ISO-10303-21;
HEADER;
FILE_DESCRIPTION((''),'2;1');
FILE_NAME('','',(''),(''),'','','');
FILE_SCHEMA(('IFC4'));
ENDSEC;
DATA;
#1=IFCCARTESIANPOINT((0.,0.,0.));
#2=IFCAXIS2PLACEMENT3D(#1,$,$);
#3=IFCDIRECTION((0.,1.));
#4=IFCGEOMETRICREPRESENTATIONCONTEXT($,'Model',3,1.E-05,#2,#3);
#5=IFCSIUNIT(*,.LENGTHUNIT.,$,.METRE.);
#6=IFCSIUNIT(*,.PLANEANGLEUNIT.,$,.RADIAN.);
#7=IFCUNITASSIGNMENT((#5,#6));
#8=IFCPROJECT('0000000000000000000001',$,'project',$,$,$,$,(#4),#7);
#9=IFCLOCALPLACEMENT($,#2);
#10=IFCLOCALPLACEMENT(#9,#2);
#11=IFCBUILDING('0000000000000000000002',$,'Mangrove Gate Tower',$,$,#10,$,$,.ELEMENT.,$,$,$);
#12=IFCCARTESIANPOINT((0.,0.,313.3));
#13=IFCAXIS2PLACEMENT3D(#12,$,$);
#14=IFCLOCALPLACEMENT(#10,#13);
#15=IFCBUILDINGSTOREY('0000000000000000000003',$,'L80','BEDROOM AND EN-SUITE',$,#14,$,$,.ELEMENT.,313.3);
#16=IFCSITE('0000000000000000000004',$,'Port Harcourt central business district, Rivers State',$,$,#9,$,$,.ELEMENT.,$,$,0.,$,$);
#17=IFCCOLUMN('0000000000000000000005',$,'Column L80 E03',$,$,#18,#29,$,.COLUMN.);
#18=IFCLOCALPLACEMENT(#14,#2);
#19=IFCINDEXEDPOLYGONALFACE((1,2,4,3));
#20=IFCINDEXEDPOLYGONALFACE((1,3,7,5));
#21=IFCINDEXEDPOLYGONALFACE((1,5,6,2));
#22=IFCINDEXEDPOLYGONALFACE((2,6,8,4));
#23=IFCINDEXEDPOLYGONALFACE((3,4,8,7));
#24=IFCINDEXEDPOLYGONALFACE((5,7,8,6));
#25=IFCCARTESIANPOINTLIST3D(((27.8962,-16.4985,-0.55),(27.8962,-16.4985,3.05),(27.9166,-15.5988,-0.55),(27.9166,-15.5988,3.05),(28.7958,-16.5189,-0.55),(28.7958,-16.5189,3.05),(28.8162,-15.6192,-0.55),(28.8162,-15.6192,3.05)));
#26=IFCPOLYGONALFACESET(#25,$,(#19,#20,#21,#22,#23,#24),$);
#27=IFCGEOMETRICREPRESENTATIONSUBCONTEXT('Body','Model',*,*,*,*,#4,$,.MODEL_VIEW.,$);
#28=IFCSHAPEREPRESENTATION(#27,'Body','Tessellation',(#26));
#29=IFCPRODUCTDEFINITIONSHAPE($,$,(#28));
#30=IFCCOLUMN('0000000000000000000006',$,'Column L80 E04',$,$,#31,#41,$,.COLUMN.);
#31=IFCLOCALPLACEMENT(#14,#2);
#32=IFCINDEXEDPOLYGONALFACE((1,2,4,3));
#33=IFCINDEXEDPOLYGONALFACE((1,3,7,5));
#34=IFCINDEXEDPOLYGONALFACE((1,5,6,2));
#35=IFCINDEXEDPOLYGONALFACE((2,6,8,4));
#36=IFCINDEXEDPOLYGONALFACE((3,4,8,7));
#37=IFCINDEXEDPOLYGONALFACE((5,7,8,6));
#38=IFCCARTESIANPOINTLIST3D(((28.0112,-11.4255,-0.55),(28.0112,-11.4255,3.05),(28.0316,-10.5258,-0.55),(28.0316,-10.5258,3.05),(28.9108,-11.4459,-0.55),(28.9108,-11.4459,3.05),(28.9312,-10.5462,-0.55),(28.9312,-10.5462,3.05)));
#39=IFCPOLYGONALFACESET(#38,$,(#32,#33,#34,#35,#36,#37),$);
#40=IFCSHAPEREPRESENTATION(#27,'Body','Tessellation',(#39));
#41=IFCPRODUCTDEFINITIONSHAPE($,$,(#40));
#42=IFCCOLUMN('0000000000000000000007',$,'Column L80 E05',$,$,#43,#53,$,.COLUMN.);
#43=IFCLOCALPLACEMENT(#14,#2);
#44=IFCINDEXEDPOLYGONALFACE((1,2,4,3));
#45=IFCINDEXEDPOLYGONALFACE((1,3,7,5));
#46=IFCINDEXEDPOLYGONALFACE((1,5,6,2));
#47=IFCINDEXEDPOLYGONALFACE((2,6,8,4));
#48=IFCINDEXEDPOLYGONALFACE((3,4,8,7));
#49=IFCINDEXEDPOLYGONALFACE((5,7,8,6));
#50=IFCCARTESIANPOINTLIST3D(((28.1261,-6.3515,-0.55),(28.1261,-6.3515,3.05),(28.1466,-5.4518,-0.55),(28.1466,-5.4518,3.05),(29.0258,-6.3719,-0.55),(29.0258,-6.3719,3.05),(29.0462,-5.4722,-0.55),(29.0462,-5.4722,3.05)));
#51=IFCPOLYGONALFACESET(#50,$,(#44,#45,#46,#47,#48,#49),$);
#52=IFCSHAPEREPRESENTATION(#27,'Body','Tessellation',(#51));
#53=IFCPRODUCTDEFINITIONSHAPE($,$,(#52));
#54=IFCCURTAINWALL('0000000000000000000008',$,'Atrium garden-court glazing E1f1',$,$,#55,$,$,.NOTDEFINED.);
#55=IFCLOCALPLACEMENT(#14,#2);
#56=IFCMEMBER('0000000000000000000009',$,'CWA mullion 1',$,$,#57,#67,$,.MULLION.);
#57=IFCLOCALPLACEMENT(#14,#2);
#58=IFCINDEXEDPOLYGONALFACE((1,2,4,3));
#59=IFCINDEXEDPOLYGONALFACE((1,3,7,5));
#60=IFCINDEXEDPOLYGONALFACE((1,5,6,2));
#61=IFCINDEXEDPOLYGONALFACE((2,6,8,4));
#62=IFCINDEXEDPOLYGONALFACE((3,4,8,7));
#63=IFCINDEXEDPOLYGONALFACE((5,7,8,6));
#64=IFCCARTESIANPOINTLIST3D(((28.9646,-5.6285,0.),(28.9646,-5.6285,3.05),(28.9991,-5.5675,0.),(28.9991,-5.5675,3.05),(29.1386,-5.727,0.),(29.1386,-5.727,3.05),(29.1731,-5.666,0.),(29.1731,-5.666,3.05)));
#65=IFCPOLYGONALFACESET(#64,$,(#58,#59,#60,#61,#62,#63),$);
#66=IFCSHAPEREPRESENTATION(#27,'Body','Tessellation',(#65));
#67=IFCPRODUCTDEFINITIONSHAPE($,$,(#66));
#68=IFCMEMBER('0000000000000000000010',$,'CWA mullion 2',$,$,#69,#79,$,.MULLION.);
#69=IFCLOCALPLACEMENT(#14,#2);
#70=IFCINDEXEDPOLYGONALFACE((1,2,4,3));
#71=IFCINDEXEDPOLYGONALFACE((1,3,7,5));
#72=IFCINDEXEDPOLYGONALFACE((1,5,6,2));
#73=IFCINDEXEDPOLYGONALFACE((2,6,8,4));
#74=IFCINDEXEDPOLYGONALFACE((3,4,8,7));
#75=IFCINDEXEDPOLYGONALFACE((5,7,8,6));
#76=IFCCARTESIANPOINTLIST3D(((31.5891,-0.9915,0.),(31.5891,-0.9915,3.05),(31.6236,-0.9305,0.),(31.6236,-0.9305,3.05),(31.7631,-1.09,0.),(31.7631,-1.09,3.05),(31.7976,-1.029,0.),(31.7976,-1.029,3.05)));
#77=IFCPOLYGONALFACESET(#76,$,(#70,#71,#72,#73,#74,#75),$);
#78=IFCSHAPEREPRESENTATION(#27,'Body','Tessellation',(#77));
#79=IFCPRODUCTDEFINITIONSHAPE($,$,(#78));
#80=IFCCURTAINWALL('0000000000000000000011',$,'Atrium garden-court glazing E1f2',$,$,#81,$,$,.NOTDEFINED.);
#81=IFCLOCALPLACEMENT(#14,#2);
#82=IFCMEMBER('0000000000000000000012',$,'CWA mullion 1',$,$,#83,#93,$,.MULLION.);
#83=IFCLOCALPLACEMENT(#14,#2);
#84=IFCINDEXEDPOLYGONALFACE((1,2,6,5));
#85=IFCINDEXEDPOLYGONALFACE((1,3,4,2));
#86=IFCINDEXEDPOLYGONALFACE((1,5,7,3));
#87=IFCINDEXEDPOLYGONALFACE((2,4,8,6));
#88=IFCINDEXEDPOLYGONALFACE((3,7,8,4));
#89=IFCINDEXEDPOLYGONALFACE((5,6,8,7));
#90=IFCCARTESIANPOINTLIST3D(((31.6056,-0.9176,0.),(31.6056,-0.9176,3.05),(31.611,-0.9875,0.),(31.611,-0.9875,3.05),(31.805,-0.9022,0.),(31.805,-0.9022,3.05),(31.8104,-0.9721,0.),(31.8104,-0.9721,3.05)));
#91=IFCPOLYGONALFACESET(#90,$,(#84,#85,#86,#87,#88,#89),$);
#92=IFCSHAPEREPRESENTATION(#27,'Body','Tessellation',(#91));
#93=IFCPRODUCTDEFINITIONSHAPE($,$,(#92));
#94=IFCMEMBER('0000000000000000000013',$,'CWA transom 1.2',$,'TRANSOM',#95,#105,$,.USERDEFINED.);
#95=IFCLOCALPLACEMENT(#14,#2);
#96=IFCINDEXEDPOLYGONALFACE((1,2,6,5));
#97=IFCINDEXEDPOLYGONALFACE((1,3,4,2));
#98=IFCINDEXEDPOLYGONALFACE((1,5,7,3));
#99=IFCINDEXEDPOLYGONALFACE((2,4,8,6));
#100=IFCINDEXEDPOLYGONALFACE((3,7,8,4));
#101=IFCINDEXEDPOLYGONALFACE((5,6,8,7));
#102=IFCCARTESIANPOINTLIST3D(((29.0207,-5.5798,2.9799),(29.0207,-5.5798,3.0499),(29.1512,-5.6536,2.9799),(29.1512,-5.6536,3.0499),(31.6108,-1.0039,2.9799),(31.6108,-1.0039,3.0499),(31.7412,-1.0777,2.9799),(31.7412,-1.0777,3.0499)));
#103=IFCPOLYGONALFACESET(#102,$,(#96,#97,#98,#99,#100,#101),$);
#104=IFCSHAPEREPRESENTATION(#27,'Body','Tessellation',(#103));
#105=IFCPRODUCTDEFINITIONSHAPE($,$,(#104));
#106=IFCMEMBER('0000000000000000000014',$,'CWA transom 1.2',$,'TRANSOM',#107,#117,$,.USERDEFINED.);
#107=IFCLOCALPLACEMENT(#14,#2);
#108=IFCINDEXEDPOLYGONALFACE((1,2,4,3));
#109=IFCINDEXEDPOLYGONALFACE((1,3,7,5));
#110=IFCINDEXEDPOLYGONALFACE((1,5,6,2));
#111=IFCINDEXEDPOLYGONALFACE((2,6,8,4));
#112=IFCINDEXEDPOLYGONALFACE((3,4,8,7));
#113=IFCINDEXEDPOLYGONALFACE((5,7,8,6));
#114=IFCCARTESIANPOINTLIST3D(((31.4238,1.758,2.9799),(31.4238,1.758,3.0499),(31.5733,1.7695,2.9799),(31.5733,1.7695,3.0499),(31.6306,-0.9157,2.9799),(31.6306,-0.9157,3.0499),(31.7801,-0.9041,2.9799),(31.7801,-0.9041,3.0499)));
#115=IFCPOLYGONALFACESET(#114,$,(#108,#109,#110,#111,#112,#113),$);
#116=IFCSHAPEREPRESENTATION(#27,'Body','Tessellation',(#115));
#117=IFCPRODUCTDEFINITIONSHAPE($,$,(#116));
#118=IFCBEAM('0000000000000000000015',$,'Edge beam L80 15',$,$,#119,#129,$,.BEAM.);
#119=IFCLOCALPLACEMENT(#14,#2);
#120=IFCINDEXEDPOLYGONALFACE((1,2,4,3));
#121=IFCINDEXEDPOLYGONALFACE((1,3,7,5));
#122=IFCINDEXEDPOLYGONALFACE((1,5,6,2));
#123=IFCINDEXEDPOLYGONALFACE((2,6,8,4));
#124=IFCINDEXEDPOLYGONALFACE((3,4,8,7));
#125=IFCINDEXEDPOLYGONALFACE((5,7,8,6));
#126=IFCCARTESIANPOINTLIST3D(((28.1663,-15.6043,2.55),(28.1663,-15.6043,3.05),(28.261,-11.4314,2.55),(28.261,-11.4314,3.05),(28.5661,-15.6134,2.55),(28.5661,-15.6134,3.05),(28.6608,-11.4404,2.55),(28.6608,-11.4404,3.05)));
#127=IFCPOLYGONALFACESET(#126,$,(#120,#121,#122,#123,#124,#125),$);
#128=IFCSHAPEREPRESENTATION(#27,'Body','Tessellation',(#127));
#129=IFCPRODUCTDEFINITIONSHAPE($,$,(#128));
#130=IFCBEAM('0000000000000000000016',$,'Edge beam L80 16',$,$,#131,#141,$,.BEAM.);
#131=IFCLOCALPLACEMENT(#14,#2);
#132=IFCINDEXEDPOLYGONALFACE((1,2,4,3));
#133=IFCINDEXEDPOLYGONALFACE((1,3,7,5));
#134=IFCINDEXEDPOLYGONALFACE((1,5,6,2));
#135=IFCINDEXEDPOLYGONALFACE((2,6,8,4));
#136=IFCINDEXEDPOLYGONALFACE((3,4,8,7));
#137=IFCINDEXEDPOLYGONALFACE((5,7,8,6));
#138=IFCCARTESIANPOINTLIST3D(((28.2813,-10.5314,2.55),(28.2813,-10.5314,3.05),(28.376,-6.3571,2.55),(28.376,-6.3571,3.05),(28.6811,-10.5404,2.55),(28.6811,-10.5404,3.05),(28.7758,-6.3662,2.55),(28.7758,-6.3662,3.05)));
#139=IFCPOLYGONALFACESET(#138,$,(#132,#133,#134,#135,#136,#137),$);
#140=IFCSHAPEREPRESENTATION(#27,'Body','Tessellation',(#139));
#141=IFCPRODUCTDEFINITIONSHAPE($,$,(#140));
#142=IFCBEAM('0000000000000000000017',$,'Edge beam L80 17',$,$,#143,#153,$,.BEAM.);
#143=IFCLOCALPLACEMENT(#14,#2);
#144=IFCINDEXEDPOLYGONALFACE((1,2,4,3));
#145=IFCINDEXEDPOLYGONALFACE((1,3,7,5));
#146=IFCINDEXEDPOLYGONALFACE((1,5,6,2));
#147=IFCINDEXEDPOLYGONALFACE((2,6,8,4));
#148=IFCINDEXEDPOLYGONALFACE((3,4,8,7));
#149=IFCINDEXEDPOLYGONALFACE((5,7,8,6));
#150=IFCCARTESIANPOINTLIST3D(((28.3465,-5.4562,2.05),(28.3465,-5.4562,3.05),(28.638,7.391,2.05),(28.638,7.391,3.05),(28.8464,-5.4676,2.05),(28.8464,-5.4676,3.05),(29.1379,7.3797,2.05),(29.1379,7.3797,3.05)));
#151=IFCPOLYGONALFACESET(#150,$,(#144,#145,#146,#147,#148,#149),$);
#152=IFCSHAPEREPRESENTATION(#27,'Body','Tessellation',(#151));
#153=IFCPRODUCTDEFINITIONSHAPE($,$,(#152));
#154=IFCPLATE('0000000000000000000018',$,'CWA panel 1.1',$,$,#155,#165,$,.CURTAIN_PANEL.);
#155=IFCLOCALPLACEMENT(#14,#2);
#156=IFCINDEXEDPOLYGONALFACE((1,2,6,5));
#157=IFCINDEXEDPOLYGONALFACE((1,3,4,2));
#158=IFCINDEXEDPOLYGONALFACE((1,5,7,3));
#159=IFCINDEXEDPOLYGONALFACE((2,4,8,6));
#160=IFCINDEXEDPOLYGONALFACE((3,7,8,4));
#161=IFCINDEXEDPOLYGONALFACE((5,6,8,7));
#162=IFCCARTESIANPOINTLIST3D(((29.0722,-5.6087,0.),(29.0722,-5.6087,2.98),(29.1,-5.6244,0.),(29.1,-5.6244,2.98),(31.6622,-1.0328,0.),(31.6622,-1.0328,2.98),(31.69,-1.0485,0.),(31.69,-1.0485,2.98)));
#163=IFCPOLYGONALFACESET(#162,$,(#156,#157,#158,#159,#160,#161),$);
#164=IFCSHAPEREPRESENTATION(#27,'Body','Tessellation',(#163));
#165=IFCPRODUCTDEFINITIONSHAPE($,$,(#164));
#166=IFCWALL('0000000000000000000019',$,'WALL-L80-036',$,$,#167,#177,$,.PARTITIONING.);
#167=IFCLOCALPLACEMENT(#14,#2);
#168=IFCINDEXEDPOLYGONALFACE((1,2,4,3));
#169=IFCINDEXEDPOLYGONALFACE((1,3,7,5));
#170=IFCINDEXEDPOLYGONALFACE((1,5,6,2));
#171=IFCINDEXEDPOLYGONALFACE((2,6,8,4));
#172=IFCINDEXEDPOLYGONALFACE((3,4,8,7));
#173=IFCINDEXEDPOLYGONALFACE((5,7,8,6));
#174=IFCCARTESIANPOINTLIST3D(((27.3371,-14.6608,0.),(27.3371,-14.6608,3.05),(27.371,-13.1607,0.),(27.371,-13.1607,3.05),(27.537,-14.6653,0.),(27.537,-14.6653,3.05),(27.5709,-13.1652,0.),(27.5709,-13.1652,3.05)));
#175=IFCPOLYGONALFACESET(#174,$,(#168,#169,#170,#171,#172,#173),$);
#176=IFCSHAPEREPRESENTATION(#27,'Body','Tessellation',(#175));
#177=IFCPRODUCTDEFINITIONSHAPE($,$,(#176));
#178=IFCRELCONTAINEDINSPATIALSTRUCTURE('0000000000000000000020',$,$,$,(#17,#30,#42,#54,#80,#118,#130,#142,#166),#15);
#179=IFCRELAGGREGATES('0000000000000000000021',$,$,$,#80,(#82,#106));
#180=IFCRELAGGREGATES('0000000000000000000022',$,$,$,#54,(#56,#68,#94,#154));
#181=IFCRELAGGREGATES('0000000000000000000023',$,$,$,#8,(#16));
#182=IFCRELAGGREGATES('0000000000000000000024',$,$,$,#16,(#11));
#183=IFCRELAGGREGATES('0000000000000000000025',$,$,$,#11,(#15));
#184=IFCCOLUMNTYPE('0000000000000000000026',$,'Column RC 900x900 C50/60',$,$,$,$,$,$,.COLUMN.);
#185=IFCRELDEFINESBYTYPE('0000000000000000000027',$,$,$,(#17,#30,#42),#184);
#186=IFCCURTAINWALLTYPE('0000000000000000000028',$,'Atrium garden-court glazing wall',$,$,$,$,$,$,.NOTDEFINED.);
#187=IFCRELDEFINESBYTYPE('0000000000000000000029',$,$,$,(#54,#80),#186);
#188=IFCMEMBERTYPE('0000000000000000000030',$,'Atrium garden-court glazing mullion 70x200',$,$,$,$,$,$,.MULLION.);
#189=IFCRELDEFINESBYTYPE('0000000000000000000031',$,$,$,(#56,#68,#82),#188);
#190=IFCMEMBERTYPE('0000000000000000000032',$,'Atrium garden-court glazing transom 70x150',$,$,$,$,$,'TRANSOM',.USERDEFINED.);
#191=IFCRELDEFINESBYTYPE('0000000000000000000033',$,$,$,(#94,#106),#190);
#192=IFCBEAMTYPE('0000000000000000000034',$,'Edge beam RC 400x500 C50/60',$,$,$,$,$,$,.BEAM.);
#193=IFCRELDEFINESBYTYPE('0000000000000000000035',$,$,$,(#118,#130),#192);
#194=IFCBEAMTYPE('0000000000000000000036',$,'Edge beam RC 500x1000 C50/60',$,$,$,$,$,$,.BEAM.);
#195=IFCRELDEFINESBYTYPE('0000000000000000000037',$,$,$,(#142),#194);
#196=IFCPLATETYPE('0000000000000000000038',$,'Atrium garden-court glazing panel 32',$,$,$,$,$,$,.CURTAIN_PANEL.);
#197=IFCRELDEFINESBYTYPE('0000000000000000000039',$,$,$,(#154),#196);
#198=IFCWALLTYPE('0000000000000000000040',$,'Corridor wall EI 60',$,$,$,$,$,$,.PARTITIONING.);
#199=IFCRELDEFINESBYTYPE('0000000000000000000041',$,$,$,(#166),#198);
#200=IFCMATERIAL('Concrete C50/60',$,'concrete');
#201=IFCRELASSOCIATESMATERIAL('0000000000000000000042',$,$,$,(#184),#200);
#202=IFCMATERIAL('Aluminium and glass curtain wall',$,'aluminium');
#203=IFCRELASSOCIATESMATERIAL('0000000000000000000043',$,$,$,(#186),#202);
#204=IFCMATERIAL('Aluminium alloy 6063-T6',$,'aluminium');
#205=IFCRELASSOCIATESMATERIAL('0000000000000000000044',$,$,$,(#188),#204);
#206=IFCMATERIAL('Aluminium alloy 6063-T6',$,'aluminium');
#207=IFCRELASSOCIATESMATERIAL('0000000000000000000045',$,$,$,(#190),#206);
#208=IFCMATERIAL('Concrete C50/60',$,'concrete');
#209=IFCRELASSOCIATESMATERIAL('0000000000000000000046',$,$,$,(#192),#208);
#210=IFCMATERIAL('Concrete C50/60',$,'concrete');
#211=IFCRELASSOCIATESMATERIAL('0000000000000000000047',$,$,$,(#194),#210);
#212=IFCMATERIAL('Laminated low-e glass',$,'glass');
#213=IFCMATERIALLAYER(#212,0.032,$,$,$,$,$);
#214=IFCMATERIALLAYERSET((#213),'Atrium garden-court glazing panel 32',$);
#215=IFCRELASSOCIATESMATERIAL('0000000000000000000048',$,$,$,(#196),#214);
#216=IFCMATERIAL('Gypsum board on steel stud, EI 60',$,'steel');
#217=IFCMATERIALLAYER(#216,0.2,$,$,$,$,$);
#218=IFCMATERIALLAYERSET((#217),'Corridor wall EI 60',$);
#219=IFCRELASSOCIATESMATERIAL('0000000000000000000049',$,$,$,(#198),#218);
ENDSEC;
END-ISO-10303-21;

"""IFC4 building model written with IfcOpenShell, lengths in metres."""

from ifc_helpers import new_model, si_unit, direction, frame, frame_2d, origin, origin_2d, place, context, subcontext, project, spatial, rectangle, extrude, material, layer, layer_set, material_profile, profile_set, type_object, element, aggregate, save


model = new_model("IFC4")

# Units and contexts
model_context = context("Model", 3, precision=1e-05, world=origin(), true_north=direction((0.0, 1.0)))
body_context = subcontext(model_context, "Body", "Model", "MODEL_VIEW")
ifc_project = project(units=[si_unit("LENGTHUNIT", "METRE"), si_unit("PLANEANGLEUNIT", "RADIAN")], contexts=[model_context])

# Site, building, storey
site_placement = place(None, origin())
site = spatial("IfcSite", under=ifc_project, at=site_placement, Name="Port Harcourt central business district, Rivers State", CompositionType="ELEMENT", RefElevation=0.0)
building_placement = place(site_placement, origin())
building = spatial("IfcBuilding", under=site, at=building_placement, Name="Mangrove Gate Tower", CompositionType="ELEMENT")
storey_placement = place(building_placement, frame((0.0, 0.0, 313.3)))
storey = spatial("IfcBuildingStorey", under=building, at=storey_placement, Name="L80", Description="BEDROOM AND EN-SUITE", CompositionType="ELEMENT", Elevation=313.3)

# Columns
ifc_material_1 = material(Name="Concrete C50/60", Category="concrete")
ifc_material_profile_1 = material_profile(ifc_material_1, rectangle(XDim=0.8999, YDim=0.8999, at=origin_2d()))
ifc_profile_set_1 = profile_set([ifc_material_profile_1], Name="Concrete C50/60")
column_type = type_object("IfcColumnType", Name="Column RC 900x900 C50/60", PredefinedType="COLUMN", material=ifc_profile_set_1)
for number, where, z_axis, x_axis, name in (
    (1, (28.3562, -16.0588, -0.55), (0.0, 0.0, 1.0), (0.022661, 0.999743, 0.0), "Column L80 E03"),
    (2, (28.4712, -10.9858, -0.55), (0.0, 0.0, 1.0), (0.022661, 0.999743, 0.0), "Column L80 E04"),
    (3, (28.5862, -5.9119, -0.55), (0.0, 0.0, 1.0), (0.022682, 0.999743, 0.0), "Column L80 E05"),
):
    element("IfcColumn", number, at=place(storey_placement, frame(where, z_axis=z_axis, x_axis=x_axis)), inside=storey, type_object=column_type, Name=name, PredefinedType="COLUMN", context=body_context, shape_type="SweptSolid", body=[
        extrude(rectangle(XDim=0.8999, YDim=0.8999, at=origin_2d()), origin(), (0.0, 0.0, 1.0), 3.6001),
    ])

# Curtain wall, members
ifc_material_2 = material(Name="Aluminium and glass curtain wall", Category="aluminium")
curtain_wall_type = type_object("IfcCurtainWallType", Name="Atrium garden-court glazing wall", PredefinedType="NOTDEFINED", material=ifc_material_2)
curtain_wall_1_placement = place(storey_placement, origin())
curtain_wall_1 = element("IfcCurtainWall", 4, at=curtain_wall_1_placement, inside=storey, type_object=curtain_wall_type, Name="Atrium garden-court glazing E1f1", PredefinedType="NOTDEFINED")
ifc_material_3 = material(Name="Aluminium alloy 6063-T6", Category="aluminium")
ifc_material_profile_2 = material_profile(ifc_material_3, rectangle(XDim=0.0701, YDim=0.2, at=origin_2d()))
ifc_profile_set_2 = profile_set([ifc_material_profile_2], Name="Aluminium alloy 6063-T6")
member_type_1 = type_object("IfcMemberType", Name="Atrium garden-court glazing mullion 70x200", PredefinedType="MULLION", material=ifc_profile_set_2)
member_1_placement = place(storey_placement, frame((29.0688, -5.6472, 0.0), z_axis=(0.0, 0.0, 1.0), x_axis=(0.492587, 0.870263, 0.0)))
member_1 = element("IfcMember", 5, at=member_1_placement, type_object=member_type_1, Name="CWA mullion 1", PredefinedType="MULLION", context=body_context, shape_type="SweptSolid", body=[
    extrude(rectangle(XDim=0.0701, YDim=0.2, at=origin_2d()), origin(), (0.0, 0.0, 1.0), 3.05),
])
member_2_placement = place(storey_placement, frame((31.6934, -1.0103, 0.0), z_axis=(0.0, 0.0, 1.0), x_axis=(0.492587, 0.870263, 0.0)))
member_2 = element("IfcMember", 6, at=member_2_placement, type_object=member_type_1, Name="CWA mullion 2", PredefinedType="MULLION", context=body_context, shape_type="SweptSolid", body=[
    extrude(rectangle(XDim=0.0701, YDim=0.2, at=origin_2d()), origin(), (0.0, 0.0, 1.0), 3.05),
])

# Curtain wall, member
curtain_wall_2_placement = place(storey_placement, origin())
curtain_wall_2 = element("IfcCurtainWall", 7, at=curtain_wall_2_placement, inside=storey, type_object=curtain_wall_type, Name="Atrium garden-court glazing E1f2", PredefinedType="NOTDEFINED")
member_3_placement = place(storey_placement, frame((31.708, -0.9448, 0.0), z_axis=(0.0, 0.0, 1.0), x_axis=(-0.077023, 0.997029, 0.0)))
member_3 = element("IfcMember", 8, at=member_3_placement, type_object=member_type_1, Name="CWA mullion 1", PredefinedType="MULLION", context=body_context, shape_type="SweptSolid", body=[
    extrude(rectangle(XDim=0.0701, YDim=0.2, at=origin_2d()), origin(), (0.0, 0.0, 1.0), 3.05),
])

# Members
ifc_material_4 = material(Name="Aluminium alloy 6063-T6", Category="aluminium")
ifc_material_profile_3 = material_profile(ifc_material_4, rectangle(XDim=0.0701, YDim=0.1499, at=origin_2d()))
ifc_profile_set_3 = profile_set([ifc_material_profile_3], Name="Aluminium alloy 6063-T6")
member_type_2 = type_object("IfcMemberType", Name="Atrium garden-court glazing transom 70x150", ElementType="TRANSOM", PredefinedType="USERDEFINED", material=ifc_profile_set_3)
member_4_placement = place(storey_placement, frame((29.0859, -5.6167, 3.0149), z_axis=(0.49259, 0.870262, 0.0), x_axis=(0.0, 0.0, 1.0)))
member_4 = element("IfcMember", 9, at=member_4_placement, type_object=member_type_2, Name="CWA transom 1.2", ObjectType="TRANSOM", PredefinedType="USERDEFINED", context=body_context, shape_type="SweptSolid", body=[
    extrude(rectangle(XDim=0.0701, YDim=0.1499, at=origin_2d()), origin(), (0.0, 0.0, 1.0), 5.2581),
])
member_5_placement = place(storey_placement, frame((31.7053, -0.9099, 3.0149), z_axis=(-0.077114, 0.997022, 0.0), x_axis=(0.0, 0.0, 1.0)))
member_5 = element("IfcMember", 10, at=member_5_placement, type_object=member_type_2, Name="CWA transom 1.2", ObjectType="TRANSOM", PredefinedType="USERDEFINED", context=body_context, shape_type="SweptSolid", body=[
    extrude(rectangle(XDim=0.0701, YDim=0.1499, at=origin_2d()), origin(), (0.0, 0.0, 1.0), 2.6816),
])
aggregate(curtain_wall_2, [member_3, member_5])

# Beams
ifc_material_5 = material(Name="Concrete C50/60", Category="concrete")
ifc_material_profile_4 = material_profile(ifc_material_5, rectangle(XDim=0.3999, YDim=0.5, at=origin_2d()))
ifc_profile_set_4 = profile_set([ifc_material_profile_4], Name="Concrete C50/60")
beam_type_1 = type_object("IfcBeamType", Name="Edge beam RC 400x500 C50/60", PredefinedType="BEAM", material=ifc_profile_set_4)
beam_1_placement = place(storey_placement, frame((28.3662, -15.6089, 2.8), z_axis=(0.022694, 0.999742, 0.0), x_axis=(-0.999742, 0.022694, 0.0)))
element("IfcBeam", 11, at=beam_1_placement, inside=storey, type_object=beam_type_1, Name="Edge beam L80 15", PredefinedType="BEAM", context=body_context, shape_type="SweptSolid", body=[
    extrude(rectangle(XDim=0.3999, YDim=0.5, at=origin_2d()), origin(), (0.0, 0.0, 1.0), 4.1741),
])
beam_2_placement = place(storey_placement, frame((28.4812, -10.5359, 2.8), z_axis=(0.022687, 0.999743, 0.0), x_axis=(-0.999743, 0.022687, 0.0)))
element("IfcBeam", 12, at=beam_2_placement, inside=storey, type_object=beam_type_1, Name="Edge beam L80 16", PredefinedType="BEAM", context=body_context, shape_type="SweptSolid", body=[
    extrude(rectangle(XDim=0.3999, YDim=0.5, at=origin_2d()), origin(), (0.0, 0.0, 1.0), 4.1753),
])
ifc_material_6 = material(Name="Concrete C50/60", Category="concrete")
ifc_material_profile_5 = material_profile(ifc_material_6, rectangle(XDim=0.5, YDim=1.0, at=origin_2d()))
ifc_profile_set_5 = profile_set([ifc_material_profile_5], Name="Concrete C50/60")
beam_type_2 = type_object("IfcBeamType", Name="Edge beam RC 500x1000 C50/60", PredefinedType="BEAM", material=ifc_profile_set_5)
beam_3_placement = place(storey_placement, frame((28.5964, -5.4619, 2.55), z_axis=(0.022684, 0.999743, 0.0), x_axis=(-0.999743, 0.022684, 0.0)))
element("IfcBeam", 13, at=beam_3_placement, inside=storey, type_object=beam_type_2, Name="Edge beam L80 17", PredefinedType="BEAM", context=body_context, shape_type="SweptSolid", body=[
    extrude(rectangle(XDim=0.5, YDim=1.0, at=origin_2d()), origin(), (0.0, 0.0, 1.0), 12.8506),
])

# Plate
ifc_material_7 = material(Name="Laminated low-e glass", Category="glass")
ifc_layer_1 = layer(ifc_material_7, 0.032)
ifc_layer_set_1 = layer_set([ifc_layer_1], Name="Atrium garden-court glazing panel 32")
plate_type = type_object("IfcPlateType", Name="Atrium garden-court glazing panel 32", PredefinedType="CURTAIN_PANEL", material=ifc_layer_set_1)
plate_placement = place(storey_placement, frame((30.3811, -3.3286, 0.0), z_axis=(0.0, 0.0, 1.0), x_axis=(0.492587, 0.870263, 0.0)))
plate = element("IfcPlate", 14, at=plate_placement, type_object=plate_type, Name="CWA panel 1.1", PredefinedType="CURTAIN_PANEL", context=body_context, shape_type="SweptSolid", body=[
    extrude(rectangle(XDim=5.2581, YDim=0.032, at=origin_2d()), origin(), (0.0, 0.0, 1.0), 2.98),
])
aggregate(curtain_wall_1, [member_1, member_2, member_4, plate])

# Wall
ifc_material_8 = material(Name="Gypsum board on steel stud, EI 60", Category="steel")
ifc_layer_2 = layer(ifc_material_8, 0.2)
ifc_layer_set_2 = layer_set([ifc_layer_2], Name="Corridor wall EI 60")
wall_type_1 = type_object("IfcWallType", Name="Corridor wall EI 60", PredefinedType="PARTITIONING", material=ifc_layer_set_2)
wall_1_placement = place(storey_placement, frame((27.437, -14.6631, 0.0), z_axis=(0.0, 0.0, 1.0), x_axis=(0.022618, 0.999744, 0.0)))
element("IfcWall", 15, at=wall_1_placement, inside=storey, type_object=wall_type_1, Name="WALL-L80-036", PredefinedType="PARTITIONING", context=body_context, shape_type="SweptSolid", body=[
    extrude(rectangle(XDim=1.5005, YDim=0.2, at=frame_2d((0.7502, 0.0))), origin(), (0.0, 0.0, 1.0), 3.05),
])

save(model, "model.ifc")
